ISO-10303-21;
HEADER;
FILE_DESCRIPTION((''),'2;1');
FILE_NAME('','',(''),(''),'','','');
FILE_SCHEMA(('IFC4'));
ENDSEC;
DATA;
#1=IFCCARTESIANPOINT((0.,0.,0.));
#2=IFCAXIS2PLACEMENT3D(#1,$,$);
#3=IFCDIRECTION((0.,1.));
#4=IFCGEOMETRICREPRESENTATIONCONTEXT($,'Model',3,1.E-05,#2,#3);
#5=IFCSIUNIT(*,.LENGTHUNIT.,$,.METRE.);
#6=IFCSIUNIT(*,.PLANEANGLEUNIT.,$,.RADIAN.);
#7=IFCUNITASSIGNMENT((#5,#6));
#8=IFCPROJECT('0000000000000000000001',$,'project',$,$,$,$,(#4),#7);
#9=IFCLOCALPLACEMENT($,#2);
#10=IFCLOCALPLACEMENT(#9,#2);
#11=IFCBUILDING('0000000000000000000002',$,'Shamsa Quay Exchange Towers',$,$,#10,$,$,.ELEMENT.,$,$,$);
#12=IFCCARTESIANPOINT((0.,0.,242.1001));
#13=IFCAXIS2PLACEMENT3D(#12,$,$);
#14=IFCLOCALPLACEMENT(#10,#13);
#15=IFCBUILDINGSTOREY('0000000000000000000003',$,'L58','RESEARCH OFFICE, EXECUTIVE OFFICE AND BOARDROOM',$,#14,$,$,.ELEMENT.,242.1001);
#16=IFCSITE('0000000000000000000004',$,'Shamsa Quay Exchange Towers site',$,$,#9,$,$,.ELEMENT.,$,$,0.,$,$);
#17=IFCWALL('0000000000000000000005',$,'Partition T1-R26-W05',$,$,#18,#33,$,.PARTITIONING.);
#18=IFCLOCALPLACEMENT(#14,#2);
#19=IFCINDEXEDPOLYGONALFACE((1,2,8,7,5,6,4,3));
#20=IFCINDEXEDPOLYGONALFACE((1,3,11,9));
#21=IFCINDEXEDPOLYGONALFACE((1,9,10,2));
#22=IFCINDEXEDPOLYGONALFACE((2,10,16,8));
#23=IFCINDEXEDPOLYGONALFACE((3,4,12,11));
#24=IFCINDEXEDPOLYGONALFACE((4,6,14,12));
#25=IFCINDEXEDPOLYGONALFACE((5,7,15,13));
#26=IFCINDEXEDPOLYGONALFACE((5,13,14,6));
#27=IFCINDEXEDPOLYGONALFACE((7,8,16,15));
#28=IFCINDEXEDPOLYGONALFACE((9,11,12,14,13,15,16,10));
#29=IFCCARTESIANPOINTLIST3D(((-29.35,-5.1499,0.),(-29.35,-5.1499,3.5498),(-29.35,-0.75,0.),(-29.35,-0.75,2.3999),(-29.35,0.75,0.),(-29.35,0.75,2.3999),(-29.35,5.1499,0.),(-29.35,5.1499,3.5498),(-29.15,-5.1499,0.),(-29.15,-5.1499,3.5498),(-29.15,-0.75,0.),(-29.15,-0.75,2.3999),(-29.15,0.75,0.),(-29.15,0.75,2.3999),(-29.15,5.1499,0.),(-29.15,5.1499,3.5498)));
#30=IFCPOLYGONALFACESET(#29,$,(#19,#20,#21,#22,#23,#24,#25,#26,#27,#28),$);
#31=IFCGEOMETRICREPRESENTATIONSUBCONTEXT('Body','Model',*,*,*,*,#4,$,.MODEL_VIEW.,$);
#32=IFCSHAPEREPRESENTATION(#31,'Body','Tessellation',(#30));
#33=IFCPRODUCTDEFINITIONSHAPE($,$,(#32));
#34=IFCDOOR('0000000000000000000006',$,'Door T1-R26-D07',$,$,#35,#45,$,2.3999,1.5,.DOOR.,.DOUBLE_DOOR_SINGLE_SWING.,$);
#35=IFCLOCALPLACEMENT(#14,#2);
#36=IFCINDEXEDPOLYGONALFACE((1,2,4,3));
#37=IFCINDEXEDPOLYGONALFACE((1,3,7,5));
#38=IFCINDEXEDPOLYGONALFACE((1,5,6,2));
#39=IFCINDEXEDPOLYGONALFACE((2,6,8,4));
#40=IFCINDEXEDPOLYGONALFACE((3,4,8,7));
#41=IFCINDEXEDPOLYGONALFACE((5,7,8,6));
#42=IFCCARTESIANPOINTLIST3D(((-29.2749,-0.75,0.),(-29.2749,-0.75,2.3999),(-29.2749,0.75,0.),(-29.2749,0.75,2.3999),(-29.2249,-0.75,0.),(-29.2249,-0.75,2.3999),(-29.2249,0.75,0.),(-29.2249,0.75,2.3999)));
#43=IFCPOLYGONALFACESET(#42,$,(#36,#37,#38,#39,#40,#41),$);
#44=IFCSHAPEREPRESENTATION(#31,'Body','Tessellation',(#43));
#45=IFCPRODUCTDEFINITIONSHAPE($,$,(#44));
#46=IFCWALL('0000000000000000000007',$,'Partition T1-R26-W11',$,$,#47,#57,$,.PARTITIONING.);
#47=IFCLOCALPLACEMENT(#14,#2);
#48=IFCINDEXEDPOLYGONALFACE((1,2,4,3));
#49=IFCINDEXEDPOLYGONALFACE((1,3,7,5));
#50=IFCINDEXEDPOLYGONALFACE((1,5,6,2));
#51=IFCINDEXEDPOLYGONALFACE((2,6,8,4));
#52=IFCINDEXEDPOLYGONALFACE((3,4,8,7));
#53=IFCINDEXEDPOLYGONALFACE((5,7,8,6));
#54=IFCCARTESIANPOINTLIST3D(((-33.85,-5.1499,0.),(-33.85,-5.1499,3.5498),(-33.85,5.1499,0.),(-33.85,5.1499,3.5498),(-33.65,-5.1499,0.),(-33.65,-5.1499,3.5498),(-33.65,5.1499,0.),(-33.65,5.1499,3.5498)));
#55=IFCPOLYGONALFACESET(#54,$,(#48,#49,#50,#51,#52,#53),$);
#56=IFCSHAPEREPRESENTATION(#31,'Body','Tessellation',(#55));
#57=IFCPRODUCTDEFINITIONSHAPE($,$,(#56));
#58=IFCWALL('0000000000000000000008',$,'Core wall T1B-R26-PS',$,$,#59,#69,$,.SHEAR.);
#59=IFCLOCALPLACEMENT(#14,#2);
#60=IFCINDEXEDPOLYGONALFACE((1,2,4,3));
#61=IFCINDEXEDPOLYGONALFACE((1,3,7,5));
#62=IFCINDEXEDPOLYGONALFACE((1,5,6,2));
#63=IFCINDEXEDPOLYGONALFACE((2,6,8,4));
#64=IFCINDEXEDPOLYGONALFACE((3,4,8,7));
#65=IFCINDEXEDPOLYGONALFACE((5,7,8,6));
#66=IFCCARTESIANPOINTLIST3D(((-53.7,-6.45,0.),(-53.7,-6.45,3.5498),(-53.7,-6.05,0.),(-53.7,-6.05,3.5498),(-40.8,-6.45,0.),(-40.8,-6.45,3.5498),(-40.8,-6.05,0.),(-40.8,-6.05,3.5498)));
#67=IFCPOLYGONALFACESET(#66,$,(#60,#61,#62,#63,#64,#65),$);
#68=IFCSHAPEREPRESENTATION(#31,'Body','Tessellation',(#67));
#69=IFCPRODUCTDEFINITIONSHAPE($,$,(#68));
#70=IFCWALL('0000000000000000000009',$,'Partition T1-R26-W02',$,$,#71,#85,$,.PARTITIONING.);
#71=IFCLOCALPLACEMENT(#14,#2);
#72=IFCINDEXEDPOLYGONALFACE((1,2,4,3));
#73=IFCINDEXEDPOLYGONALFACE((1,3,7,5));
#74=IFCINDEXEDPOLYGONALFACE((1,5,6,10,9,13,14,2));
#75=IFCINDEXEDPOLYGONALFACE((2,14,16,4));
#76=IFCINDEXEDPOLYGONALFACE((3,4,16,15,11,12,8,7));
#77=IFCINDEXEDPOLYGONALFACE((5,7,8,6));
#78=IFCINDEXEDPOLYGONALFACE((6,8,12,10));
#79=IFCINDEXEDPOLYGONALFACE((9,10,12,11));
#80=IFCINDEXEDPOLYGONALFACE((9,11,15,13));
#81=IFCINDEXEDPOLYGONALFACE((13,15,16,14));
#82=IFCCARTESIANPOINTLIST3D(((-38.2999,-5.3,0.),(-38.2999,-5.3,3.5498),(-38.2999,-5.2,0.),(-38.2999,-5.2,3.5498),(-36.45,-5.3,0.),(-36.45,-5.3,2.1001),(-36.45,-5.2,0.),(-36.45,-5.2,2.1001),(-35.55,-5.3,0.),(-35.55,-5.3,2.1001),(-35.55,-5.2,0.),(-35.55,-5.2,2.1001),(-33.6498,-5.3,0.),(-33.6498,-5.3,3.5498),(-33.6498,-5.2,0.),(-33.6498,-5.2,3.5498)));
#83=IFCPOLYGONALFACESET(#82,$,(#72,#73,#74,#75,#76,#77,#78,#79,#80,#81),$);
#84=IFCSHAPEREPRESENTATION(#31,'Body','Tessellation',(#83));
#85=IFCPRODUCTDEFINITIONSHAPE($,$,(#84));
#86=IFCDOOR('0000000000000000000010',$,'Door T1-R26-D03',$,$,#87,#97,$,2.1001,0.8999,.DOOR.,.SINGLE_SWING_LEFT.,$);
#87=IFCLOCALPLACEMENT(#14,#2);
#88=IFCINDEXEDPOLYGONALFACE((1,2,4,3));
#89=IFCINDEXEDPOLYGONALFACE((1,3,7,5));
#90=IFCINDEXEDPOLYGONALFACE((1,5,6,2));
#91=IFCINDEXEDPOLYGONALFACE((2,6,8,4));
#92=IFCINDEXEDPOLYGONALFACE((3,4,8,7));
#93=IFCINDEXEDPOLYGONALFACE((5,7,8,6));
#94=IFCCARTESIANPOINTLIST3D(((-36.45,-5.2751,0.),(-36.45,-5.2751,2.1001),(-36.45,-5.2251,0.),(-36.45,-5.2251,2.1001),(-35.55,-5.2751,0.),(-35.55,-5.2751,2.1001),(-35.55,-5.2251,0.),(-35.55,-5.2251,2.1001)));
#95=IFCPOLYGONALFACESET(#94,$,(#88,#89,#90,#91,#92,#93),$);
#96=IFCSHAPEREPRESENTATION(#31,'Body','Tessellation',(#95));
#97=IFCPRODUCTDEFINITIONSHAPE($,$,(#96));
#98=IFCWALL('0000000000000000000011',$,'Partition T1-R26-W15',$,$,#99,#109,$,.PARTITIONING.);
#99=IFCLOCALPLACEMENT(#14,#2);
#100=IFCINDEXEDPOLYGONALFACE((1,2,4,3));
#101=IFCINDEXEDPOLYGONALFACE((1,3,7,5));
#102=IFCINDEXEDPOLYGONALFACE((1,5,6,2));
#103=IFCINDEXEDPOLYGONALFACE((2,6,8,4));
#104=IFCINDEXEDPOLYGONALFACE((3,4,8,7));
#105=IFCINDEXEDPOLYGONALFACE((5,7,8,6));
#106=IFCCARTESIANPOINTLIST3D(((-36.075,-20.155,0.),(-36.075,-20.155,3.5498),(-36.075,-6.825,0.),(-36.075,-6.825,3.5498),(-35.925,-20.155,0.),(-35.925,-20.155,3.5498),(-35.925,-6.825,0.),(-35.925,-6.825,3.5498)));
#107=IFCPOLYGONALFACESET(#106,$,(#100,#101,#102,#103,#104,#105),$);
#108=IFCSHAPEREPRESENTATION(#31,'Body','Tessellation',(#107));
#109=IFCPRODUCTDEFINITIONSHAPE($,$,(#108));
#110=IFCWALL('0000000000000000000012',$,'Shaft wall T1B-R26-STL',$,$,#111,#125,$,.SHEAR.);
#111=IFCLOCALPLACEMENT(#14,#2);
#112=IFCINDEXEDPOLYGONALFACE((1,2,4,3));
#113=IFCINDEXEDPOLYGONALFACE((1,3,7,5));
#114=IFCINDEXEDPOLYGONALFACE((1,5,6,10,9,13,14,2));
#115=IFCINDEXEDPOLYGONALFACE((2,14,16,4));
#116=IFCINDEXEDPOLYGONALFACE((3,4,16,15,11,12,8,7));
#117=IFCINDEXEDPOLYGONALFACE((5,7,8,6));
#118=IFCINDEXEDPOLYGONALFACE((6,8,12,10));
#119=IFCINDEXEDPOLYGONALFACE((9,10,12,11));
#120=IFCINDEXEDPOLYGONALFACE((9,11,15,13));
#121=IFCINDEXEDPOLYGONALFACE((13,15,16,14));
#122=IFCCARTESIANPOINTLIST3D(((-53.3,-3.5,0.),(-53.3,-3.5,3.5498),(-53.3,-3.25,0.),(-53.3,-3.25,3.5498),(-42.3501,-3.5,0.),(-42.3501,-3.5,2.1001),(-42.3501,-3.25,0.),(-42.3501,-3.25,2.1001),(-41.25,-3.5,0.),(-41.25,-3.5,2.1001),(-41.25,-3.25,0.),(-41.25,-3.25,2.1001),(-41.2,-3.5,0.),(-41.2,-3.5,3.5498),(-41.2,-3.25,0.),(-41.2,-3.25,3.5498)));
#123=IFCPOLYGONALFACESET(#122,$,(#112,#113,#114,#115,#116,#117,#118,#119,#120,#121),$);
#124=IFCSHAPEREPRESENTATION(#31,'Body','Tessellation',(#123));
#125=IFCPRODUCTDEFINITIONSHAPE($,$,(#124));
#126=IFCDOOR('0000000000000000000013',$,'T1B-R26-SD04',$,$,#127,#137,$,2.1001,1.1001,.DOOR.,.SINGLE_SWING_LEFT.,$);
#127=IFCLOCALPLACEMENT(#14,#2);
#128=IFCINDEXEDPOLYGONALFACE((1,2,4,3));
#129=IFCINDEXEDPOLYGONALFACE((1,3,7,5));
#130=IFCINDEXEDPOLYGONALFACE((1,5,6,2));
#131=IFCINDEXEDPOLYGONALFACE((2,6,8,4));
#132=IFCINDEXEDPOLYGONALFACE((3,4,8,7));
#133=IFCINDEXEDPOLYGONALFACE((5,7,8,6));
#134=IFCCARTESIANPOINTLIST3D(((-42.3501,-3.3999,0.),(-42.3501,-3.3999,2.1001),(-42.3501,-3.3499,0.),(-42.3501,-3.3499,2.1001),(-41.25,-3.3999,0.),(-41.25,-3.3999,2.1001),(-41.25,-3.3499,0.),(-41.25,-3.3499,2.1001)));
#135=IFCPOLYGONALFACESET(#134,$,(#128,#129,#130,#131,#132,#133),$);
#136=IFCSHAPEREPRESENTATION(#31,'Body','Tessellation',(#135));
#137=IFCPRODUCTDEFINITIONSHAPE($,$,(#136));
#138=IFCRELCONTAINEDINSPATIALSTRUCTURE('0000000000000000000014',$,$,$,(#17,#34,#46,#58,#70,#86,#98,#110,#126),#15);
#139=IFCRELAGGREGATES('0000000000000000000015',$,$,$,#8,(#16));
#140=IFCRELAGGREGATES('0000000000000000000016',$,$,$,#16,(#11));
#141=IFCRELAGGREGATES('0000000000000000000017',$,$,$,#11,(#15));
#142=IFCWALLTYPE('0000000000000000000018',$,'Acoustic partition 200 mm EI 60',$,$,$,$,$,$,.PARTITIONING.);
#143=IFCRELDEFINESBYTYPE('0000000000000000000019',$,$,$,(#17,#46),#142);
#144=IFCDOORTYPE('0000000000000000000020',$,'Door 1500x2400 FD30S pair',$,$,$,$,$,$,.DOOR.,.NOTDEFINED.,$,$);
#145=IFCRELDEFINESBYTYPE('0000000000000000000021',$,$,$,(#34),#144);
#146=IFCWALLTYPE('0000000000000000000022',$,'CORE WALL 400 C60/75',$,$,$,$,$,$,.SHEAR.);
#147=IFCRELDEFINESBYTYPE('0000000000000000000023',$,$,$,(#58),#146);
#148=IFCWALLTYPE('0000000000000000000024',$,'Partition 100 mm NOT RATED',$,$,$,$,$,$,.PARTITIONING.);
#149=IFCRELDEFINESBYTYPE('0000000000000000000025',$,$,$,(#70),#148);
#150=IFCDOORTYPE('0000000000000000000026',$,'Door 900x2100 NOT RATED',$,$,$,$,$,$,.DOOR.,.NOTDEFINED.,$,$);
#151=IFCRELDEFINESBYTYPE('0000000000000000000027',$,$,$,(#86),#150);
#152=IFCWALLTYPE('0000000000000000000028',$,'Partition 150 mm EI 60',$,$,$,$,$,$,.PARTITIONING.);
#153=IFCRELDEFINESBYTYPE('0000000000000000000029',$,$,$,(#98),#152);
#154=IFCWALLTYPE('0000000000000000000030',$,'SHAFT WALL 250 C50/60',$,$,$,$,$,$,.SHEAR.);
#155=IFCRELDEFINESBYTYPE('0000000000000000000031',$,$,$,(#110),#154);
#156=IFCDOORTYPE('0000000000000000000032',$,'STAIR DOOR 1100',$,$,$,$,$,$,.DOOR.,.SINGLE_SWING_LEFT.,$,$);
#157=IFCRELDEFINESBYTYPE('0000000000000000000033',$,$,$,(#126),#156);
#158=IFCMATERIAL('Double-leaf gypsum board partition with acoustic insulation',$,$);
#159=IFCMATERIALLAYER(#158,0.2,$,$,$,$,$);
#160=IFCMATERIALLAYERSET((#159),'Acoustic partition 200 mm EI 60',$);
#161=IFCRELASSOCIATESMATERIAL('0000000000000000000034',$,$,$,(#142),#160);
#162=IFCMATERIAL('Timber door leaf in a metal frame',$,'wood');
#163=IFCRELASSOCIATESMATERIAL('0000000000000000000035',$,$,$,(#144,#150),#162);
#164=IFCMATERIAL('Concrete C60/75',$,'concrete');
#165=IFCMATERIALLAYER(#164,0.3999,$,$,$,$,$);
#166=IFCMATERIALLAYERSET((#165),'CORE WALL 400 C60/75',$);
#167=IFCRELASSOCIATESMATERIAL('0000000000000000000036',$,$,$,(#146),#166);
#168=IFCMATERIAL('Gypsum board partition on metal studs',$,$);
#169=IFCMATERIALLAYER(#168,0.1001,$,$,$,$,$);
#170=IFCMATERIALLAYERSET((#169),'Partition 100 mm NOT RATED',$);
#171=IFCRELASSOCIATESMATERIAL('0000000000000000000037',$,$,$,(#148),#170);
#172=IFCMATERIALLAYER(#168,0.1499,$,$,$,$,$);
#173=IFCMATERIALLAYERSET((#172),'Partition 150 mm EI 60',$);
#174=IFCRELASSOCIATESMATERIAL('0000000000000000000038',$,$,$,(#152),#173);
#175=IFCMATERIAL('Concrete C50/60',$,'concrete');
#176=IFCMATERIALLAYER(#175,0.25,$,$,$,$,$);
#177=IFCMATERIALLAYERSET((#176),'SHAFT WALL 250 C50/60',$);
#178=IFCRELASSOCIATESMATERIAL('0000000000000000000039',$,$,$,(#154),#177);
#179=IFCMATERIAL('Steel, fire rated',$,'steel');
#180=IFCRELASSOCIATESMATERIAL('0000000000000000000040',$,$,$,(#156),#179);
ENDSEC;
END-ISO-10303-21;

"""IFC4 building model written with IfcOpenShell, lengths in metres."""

from ifc_helpers import new_model, si_unit, direction, frame, frame_2d, origin, place, context, subcontext, project, spatial, rectangle, extrude, material, layer, layer_set, type_object, element, fill, save


model = new_model("IFC4")

# Units and contexts
model_context = context("Model", 3, precision=1e-05, world=origin(), true_north=direction((0.0, 1.0)))
body_context = subcontext(model_context, "Body", "Model", "MODEL_VIEW")
ifc_project = project(units=[si_unit("LENGTHUNIT", "METRE"), si_unit("PLANEANGLEUNIT", "RADIAN")], contexts=[model_context])

# Site, building, storey
site_placement = place(None, origin())
site = spatial("IfcSite", under=ifc_project, at=site_placement, Name="Shamsa Quay Exchange Towers site", CompositionType="ELEMENT", RefElevation=0.0)
building_placement = place(site_placement, origin())
building = spatial("IfcBuilding", under=site, at=building_placement, Name="Shamsa Quay Exchange Towers", CompositionType="ELEMENT")
storey_placement = place(building_placement, frame((0.0, 0.0, 242.1001)))
storey = spatial("IfcBuildingStorey", under=building, at=storey_placement, Name="L58", Description="RESEARCH OFFICE, EXECUTIVE OFFICE AND BOARDROOM", CompositionType="ELEMENT", Elevation=242.1001)

# Shared definitions
ifc_material_1 = material(Name="Double-leaf gypsum board partition with acoustic insulation")
ifc_layer_1 = layer(ifc_material_1, 0.2)
ifc_layer_set_1 = layer_set([ifc_layer_1], Name="Acoustic partition 200 mm EI 60")
wall_type_1 = type_object("IfcWallType", Name="Acoustic partition 200 mm EI 60", PredefinedType="PARTITIONING", material=ifc_layer_set_1)

# Wall, opening, door
wall_1_placement = place(storey_placement, frame((-29.25, -5.1499, 0.0), z_axis=(0.0, 0.0, 1.0), x_axis=(0.0, 1.0, 0.0)))
wall_1 = element("IfcWall", 1, at=wall_1_placement, inside=storey, type_object=wall_type_1, Name="Partition T1-R26-W05", PredefinedType="PARTITIONING", context=body_context, shape_type="SweptSolid", body=[
    extrude(rectangle(XDim=10.2998, YDim=0.2, at=frame_2d((5.1499, 0.0))), origin(), (0.0, 0.0, 1.0), 3.5498),
])
opening_1_placement = place(wall_1_placement, frame((4.3999, 0.0, 0.0)))
opening_1 = element("IfcOpeningElement", 2, at=opening_1_placement, cuts=wall_1, PredefinedType="OPENING", context=body_context, shape_type="SweptSolid", body=[
    extrude(rectangle(XDim=1.5, YDim=2.3999, at=frame_2d((0.75, 1.2))), frame((0.0, 0.1099, 0.0), z_axis=(0.0, -1.0, 0.0), x_axis=(1.0, 0.0, 0.0)), (0.0, 0.0, 1.0), 0.22),
])
ifc_material_2 = material(Name="Timber door leaf in a metal frame", Category="wood")
door_type_1 = type_object("IfcDoorType", Name="Door 1500x2400 FD30S pair", OperationType="NOTDEFINED", PredefinedType="DOOR", material=ifc_material_2)
door_1_placement = place(opening_1_placement, origin())
door_1 = element("IfcDoor", 3, at=door_1_placement, inside=storey, type_object=door_type_1, Name="Door T1-R26-D07", OperationType="DOUBLE_DOOR_SINGLE_SWING", OverallHeight=2.3999, OverallWidth=1.5, PredefinedType="DOOR", context=body_context, shape_type="SweptSolid", body=[
    extrude(rectangle(XDim=1.5, YDim=2.3999, at=frame_2d((0.75, 1.2))), frame((0.0, 0.0249, 0.0), z_axis=(0.0, -1.0, 0.0), x_axis=(1.0, 0.0, 0.0)), (0.0, 0.0, 1.0), 0.05),
])
fill(opening_1, door_1)

# Walls
wall_2_placement = place(storey_placement, frame((-33.75, -5.1499, 0.0), z_axis=(0.0, 0.0, 1.0), x_axis=(0.0, 1.0, 0.0)))
element("IfcWall", 4, at=wall_2_placement, inside=storey, type_object=wall_type_1, Name="Partition T1-R26-W11", PredefinedType="PARTITIONING", context=body_context, shape_type="SweptSolid", body=[
    extrude(rectangle(XDim=10.2998, YDim=0.2, at=frame_2d((5.1499, 0.0))), origin(), (0.0, 0.0, 1.0), 3.5498),
])
ifc_material_3 = material(Name="Concrete C60/75", Category="concrete")
ifc_layer_2 = layer(ifc_material_3, 0.3999)
ifc_layer_set_2 = layer_set([ifc_layer_2], Name="CORE WALL 400 C60/75")
wall_type_2 = type_object("IfcWallType", Name="CORE WALL 400 C60/75", PredefinedType="SHEAR", material=ifc_layer_set_2)
wall_3_placement = place(storey_placement, frame((-40.8, -6.25, 0.0), z_axis=(0.0, 0.0, 1.0), x_axis=(-1.0, 0.0, 0.0)))
element("IfcWall", 5, at=wall_3_placement, inside=storey, type_object=wall_type_2, Name="Core wall T1B-R26-PS", PredefinedType="SHEAR", context=body_context, shape_type="SweptSolid", body=[
    extrude(rectangle(XDim=12.8999, YDim=0.3999, at=frame_2d((6.45, 0.0))), origin(), (0.0, 0.0, 1.0), 3.5498),
])

# Wall, opening, door
ifc_material_4 = material(Name="Steel, fire rated", Category="steel")
ifc_material_5 = material(Name="Gypsum board partition on metal studs")
ifc_layer_3 = layer(ifc_material_5, 0.1001)
ifc_layer_set_3 = layer_set([ifc_layer_3], Name="Partition 100 mm NOT RATED")
wall_type_3 = type_object("IfcWallType", Name="Partition 100 mm NOT RATED", PredefinedType="PARTITIONING", material=ifc_layer_set_3)
wall_4_placement = place(storey_placement, frame((-38.3, -5.25, 0.0)))
wall_4 = element("IfcWall", 6, at=wall_4_placement, inside=storey, type_object=wall_type_3, Name="Partition T1-R26-W02", PredefinedType="PARTITIONING", context=body_context, shape_type="SweptSolid", body=[
    extrude(rectangle(XDim=4.6501, YDim=0.1001, at=frame_2d((2.3252, 0.0))), origin(), (0.0, 0.0, 1.0), 3.5498),
])
opening_2_placement = place(wall_4_placement, frame((1.8501, 0.0, 0.0)))
opening_2 = element("IfcOpeningElement", 7, at=opening_2_placement, cuts=wall_4, PredefinedType="OPENING", context=body_context, shape_type="SweptSolid", body=[
    extrude(rectangle(XDim=0.8999, YDim=2.1001, at=frame_2d((0.45, 1.05))), frame((0.0, 0.0601, 0.0), z_axis=(0.0, -1.0, 0.0), x_axis=(1.0, 0.0, 0.0)), (0.0, 0.0, 1.0), 0.1201),
])
door_type_2 = type_object("IfcDoorType", Name="Door 900x2100 NOT RATED", OperationType="NOTDEFINED", PredefinedType="DOOR", material=ifc_material_2)
door_2_placement = place(opening_2_placement, origin())
door_2 = element("IfcDoor", 8, at=door_2_placement, inside=storey, type_object=door_type_2, Name="Door T1-R26-D03", OperationType="SINGLE_SWING_LEFT", OverallHeight=2.1001, OverallWidth=0.8999, PredefinedType="DOOR", context=body_context, shape_type="SweptSolid", body=[
    extrude(rectangle(XDim=0.8999, YDim=2.1001, at=frame_2d((0.45, 1.05))), frame((0.0, 0.0249, 0.0), z_axis=(0.0, -1.0, 0.0), x_axis=(1.0, 0.0, 0.0)), (0.0, 0.0, 1.0), 0.05),
])
fill(opening_2, door_2)

# Wall
ifc_layer_4 = layer(ifc_material_5, 0.1499)
ifc_layer_set_4 = layer_set([ifc_layer_4], Name="Partition 150 mm EI 60")
wall_type_4 = type_object("IfcWallType", Name="Partition 150 mm EI 60", PredefinedType="PARTITIONING", material=ifc_layer_set_4)
wall_5_placement = place(storey_placement, frame((-36.0, -20.155, 0.0), z_axis=(0.0, 0.0, 1.0), x_axis=(0.0, 1.0, 0.0)))
element("IfcWall", 9, at=wall_5_placement, inside=storey, type_object=wall_type_4, Name="Partition T1-R26-W15", PredefinedType="PARTITIONING", context=body_context, shape_type="SweptSolid", body=[
    extrude(rectangle(XDim=13.3301, YDim=0.1499, at=frame_2d((6.665, 0.0))), origin(), (0.0, 0.0, 1.0), 3.5498),
])

# Wall, opening, door
ifc_material_6 = material(Name="Concrete C50/60", Category="concrete")
ifc_layer_5 = layer(ifc_material_6, 0.25)
ifc_layer_set_5 = layer_set([ifc_layer_5], Name="SHAFT WALL 250 C50/60")
wall_type_5 = type_object("IfcWallType", Name="SHAFT WALL 250 C50/60", PredefinedType="SHEAR", material=ifc_layer_set_5)
wall_6_placement = place(storey_placement, frame((-41.2, -3.375, 0.0), z_axis=(0.0, 0.0, 1.0), x_axis=(-1.0, 0.0, 0.0)))
wall_6 = element("IfcWall", 10, at=wall_6_placement, inside=storey, type_object=wall_type_5, Name="Shaft wall T1B-R26-STL", PredefinedType="SHEAR", context=body_context, shape_type="SweptSolid", body=[
    extrude(rectangle(XDim=12.1001, YDim=0.25, at=frame_2d((6.05, 0.0))), origin(), (0.0, 0.0, 1.0), 3.5498),
])
opening_3_placement = place(wall_6_placement, frame((0.05, 0.0, 0.0)))
opening_3 = element("IfcOpeningElement", 11, at=opening_3_placement, cuts=wall_6, PredefinedType="OPENING", context=body_context, shape_type="SweptSolid", body=[
    extrude(rectangle(XDim=1.1001, YDim=2.1001, at=frame_2d((0.55, 1.05))), frame((0.0, 0.135, 0.0), z_axis=(0.0, -1.0, 0.0), x_axis=(1.0, 0.0, 0.0)), (0.0, 0.0, 1.0), 0.27),
])
door_type_3 = type_object("IfcDoorType", Name="STAIR DOOR 1100", OperationType="SINGLE_SWING_LEFT", PredefinedType="DOOR", material=ifc_material_4)
door_3_placement = place(opening_3_placement, origin())
door_3 = element("IfcDoor", 12, at=door_3_placement, inside=storey, type_object=door_type_3, Name="T1B-R26-SD04", OperationType="SINGLE_SWING_LEFT", OverallHeight=2.1001, OverallWidth=1.1001, PredefinedType="DOOR", context=body_context, shape_type="SweptSolid", body=[
    extrude(rectangle(XDim=1.1001, YDim=2.1001, at=frame_2d((0.55, 1.05))), frame((0.0, 0.0249, 0.0), z_axis=(0.0, -1.0, 0.0), x_axis=(1.0, 0.0, 0.0)), (0.0, 0.0, 1.0), 0.05),
])
fill(opening_3, door_3)

save(model, "model.ifc")
